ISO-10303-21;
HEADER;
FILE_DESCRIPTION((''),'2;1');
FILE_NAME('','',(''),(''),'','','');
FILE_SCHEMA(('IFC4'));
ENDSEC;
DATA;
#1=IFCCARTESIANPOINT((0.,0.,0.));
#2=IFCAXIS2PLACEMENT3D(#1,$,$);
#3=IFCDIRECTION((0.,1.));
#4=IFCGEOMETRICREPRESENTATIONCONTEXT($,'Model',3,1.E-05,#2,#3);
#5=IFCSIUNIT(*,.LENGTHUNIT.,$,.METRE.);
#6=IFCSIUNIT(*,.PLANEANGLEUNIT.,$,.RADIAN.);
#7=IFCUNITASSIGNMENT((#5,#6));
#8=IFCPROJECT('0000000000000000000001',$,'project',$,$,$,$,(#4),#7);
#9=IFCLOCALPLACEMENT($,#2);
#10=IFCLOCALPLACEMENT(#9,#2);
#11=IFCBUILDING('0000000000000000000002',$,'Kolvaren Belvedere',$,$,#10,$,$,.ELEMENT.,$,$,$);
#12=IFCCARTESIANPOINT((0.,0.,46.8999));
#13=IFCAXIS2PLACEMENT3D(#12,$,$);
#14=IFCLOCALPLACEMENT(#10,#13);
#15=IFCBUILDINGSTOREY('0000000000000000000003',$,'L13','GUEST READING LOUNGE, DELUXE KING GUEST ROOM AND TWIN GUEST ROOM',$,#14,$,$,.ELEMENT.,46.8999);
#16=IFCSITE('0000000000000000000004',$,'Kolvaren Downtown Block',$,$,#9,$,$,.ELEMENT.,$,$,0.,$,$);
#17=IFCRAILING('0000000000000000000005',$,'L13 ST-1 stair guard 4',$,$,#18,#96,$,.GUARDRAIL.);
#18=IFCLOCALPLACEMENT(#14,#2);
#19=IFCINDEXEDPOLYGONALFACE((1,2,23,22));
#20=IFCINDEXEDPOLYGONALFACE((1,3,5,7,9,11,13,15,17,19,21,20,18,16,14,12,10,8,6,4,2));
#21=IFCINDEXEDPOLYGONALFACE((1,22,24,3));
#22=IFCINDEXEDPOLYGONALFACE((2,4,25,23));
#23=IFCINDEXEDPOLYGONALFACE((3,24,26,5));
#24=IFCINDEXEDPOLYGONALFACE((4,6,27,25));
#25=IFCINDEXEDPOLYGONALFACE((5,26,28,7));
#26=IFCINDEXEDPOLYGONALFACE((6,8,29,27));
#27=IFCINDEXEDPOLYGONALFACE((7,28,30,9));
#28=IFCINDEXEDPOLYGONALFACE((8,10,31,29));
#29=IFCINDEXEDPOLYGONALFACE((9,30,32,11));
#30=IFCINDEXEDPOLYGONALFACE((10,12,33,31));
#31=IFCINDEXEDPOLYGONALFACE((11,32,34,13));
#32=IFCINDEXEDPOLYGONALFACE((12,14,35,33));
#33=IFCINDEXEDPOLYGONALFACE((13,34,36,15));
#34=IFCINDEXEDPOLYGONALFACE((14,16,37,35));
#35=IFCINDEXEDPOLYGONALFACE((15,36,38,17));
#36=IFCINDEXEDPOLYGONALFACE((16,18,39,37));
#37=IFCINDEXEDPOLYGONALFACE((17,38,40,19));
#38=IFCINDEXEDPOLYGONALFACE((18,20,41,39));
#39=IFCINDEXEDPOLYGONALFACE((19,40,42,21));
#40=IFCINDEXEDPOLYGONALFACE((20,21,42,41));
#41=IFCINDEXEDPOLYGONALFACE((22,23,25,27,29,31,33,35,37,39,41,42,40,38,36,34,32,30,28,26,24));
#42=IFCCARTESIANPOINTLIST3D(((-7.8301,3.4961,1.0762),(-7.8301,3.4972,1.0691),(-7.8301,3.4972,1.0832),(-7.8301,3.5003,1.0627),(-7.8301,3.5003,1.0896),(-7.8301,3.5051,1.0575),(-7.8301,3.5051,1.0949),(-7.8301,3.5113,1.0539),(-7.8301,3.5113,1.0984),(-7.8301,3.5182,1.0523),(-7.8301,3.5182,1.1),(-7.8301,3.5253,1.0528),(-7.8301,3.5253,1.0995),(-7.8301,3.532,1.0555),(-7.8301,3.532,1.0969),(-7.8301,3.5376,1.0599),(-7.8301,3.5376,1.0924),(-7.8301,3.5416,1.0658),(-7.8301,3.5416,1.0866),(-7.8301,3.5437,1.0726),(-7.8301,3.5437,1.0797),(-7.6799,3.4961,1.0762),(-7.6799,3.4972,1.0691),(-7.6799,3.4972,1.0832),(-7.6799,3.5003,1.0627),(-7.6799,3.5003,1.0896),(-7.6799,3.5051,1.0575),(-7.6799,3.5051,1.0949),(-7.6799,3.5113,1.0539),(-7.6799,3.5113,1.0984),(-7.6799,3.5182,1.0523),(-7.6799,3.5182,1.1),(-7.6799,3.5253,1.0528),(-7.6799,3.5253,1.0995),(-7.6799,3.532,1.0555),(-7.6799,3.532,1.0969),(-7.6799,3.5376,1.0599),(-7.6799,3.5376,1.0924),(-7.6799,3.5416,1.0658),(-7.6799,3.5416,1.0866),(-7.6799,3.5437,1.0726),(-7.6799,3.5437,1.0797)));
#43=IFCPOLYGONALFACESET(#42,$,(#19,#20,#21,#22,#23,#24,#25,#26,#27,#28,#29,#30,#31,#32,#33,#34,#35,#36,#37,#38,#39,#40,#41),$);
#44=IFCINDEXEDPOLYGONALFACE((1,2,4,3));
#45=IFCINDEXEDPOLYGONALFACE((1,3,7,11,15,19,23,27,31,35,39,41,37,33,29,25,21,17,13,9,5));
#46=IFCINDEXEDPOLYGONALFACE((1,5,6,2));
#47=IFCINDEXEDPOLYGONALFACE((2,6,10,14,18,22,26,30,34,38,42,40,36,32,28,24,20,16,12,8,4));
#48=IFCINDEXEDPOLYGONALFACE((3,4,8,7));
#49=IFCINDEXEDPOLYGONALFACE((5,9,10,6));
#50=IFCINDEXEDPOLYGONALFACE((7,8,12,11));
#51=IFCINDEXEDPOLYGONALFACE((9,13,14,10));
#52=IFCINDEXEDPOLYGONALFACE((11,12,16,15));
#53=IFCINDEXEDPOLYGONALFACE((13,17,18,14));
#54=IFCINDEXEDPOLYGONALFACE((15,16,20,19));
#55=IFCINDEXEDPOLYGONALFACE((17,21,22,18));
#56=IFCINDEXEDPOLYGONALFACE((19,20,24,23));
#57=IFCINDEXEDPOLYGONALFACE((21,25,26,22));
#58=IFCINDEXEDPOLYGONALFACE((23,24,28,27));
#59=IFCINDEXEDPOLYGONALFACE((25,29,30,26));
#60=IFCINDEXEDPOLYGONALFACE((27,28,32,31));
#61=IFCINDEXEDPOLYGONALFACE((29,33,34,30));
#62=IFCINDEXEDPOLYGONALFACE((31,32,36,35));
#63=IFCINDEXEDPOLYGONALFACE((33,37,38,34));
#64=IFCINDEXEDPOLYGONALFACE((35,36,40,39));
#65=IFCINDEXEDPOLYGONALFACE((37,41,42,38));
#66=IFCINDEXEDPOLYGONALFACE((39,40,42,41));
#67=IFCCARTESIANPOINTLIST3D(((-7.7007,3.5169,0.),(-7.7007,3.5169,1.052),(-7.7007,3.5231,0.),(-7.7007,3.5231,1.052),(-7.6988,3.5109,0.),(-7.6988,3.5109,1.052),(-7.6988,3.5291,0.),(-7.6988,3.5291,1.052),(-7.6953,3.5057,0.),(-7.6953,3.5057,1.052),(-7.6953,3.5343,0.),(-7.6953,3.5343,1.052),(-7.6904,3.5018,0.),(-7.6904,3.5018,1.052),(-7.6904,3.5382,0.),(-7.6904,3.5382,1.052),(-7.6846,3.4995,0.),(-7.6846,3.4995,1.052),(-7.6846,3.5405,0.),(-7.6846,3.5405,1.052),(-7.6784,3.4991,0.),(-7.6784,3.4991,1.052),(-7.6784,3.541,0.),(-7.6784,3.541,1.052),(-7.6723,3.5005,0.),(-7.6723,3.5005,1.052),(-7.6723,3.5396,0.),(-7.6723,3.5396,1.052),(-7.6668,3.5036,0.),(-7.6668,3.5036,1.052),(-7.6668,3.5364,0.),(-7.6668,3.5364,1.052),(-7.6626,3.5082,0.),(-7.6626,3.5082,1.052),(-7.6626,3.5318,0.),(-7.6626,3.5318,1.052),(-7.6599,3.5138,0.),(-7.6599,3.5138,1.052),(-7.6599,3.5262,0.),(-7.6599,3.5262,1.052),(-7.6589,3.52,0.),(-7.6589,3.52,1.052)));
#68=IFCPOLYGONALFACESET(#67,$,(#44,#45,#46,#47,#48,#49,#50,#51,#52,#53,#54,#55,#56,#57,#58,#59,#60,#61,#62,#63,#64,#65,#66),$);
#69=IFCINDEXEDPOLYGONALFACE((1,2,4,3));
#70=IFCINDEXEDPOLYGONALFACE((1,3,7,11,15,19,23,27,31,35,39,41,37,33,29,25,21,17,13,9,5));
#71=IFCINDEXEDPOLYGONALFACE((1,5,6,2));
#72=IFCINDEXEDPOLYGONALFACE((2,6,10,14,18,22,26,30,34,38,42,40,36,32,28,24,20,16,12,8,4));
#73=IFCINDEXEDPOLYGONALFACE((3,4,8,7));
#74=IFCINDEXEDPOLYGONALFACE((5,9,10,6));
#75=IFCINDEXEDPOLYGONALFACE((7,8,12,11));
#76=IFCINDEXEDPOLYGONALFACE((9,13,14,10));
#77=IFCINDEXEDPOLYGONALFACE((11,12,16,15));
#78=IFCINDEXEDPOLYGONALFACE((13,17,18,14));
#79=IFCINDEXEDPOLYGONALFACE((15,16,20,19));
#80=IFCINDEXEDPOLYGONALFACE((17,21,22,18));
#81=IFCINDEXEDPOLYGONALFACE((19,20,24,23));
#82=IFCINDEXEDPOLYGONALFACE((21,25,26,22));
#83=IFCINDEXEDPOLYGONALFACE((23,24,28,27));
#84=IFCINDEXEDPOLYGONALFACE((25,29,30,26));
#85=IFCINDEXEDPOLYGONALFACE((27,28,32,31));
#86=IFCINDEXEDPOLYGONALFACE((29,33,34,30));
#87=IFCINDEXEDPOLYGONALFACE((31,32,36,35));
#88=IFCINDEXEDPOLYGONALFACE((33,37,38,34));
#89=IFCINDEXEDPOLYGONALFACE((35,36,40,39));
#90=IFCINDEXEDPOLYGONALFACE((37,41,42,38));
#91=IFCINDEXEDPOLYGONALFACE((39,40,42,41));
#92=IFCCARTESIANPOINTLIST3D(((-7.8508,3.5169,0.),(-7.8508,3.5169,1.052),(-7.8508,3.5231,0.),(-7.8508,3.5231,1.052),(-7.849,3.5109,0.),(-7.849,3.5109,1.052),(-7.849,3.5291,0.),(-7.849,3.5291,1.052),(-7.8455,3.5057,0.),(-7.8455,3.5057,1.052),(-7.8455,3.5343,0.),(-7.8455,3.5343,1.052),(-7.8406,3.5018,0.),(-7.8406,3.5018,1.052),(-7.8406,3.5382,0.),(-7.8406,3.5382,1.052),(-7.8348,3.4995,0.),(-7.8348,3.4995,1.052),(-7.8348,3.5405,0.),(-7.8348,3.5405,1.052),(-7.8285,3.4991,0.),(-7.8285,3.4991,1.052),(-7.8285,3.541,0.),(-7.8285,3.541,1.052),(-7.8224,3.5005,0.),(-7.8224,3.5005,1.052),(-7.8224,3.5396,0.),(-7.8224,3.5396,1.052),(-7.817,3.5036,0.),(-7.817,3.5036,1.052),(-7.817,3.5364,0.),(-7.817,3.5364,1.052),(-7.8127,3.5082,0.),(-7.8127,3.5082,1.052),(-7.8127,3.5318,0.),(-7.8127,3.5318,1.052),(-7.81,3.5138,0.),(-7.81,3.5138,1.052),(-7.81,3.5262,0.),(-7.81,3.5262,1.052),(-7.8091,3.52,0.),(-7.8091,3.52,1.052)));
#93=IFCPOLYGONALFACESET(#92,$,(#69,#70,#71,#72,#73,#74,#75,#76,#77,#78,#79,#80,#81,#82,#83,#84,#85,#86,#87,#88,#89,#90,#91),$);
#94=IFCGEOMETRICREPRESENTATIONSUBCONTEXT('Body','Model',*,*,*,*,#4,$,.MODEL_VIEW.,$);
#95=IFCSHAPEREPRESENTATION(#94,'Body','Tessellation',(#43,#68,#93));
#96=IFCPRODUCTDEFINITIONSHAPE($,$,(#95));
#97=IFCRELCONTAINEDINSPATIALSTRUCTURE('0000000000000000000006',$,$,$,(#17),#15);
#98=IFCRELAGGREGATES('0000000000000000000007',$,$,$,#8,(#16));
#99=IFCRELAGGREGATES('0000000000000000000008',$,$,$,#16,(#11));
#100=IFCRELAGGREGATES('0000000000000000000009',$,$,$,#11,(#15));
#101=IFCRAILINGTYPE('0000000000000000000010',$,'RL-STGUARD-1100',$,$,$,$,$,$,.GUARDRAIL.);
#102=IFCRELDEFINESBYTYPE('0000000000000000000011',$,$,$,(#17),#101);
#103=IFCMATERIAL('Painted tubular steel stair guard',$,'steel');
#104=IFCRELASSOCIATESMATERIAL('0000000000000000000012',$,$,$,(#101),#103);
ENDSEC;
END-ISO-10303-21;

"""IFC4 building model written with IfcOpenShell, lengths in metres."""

from ifc_helpers import new_model, si_unit, direction, frame, origin, origin_2d, place, context, subcontext, project, spatial, circle, extrude, material, type_object, element, save


model = new_model("IFC4")

# Units and contexts
model_context = context("Model", 3, precision=1e-05, world=origin(), true_north=direction((0.0, 1.0)))
body_context = subcontext(model_context, "Body", "Model", "MODEL_VIEW")
ifc_project = project(units=[si_unit("LENGTHUNIT", "METRE"), si_unit("PLANEANGLEUNIT", "RADIAN")], contexts=[model_context])

# Site, building, storey
site_placement = place(None, origin())
site = spatial("IfcSite", under=ifc_project, at=site_placement, Name="Kolvaren Downtown Block", CompositionType="ELEMENT", RefElevation=0.0)
building_placement = place(site_placement, origin())
building = spatial("IfcBuilding", under=site, at=building_placement, Name="Kolvaren Belvedere", CompositionType="ELEMENT")
storey_placement = place(building_placement, frame((0.0, 0.0, 46.8999)))
storey = spatial("IfcBuildingStorey", under=building, at=storey_placement, Name="L13", Description="GUEST READING LOUNGE, DELUXE KING GUEST ROOM AND TWIN GUEST ROOM", CompositionType="ELEMENT", Elevation=46.8999)

# Railing
ifc_material_1 = material(Name="Painted tubular steel stair guard", Category="steel")
railing_type_1 = type_object("IfcRailingType", Name="RL-STGUARD-1100", PredefinedType="GUARDRAIL", material=ifc_material_1)
railing_1_placement = place(storey_placement, frame((-7.6799, 3.52, 0.0)))
element("IfcRailing", 1, at=railing_1_placement, inside=storey, type_object=railing_type_1, Name="L13 ST-1 stair guard 4", PredefinedType="GUARDRAIL", context=body_context, shape_type="SweptSolid", body=[
    extrude(circle(Radius=0.0239, at=origin_2d()), frame((0.0, 0.0, 1.0762), z_axis=(-1.0, 0.0, 0.0), x_axis=(0.0, -1.0, 0.0)), (0.0, 0.0, 1.0), 0.1501),
    extrude(circle(Radius=0.021, at=origin_2d()), origin(), (0.0, 0.0, 1.0), 1.052),
    extrude(circle(Radius=0.021, at=origin_2d()), frame((-0.1501, 0.0, 0.0)), (0.0, 0.0, 1.0), 1.052),
])

save(model, "model.ifc")
